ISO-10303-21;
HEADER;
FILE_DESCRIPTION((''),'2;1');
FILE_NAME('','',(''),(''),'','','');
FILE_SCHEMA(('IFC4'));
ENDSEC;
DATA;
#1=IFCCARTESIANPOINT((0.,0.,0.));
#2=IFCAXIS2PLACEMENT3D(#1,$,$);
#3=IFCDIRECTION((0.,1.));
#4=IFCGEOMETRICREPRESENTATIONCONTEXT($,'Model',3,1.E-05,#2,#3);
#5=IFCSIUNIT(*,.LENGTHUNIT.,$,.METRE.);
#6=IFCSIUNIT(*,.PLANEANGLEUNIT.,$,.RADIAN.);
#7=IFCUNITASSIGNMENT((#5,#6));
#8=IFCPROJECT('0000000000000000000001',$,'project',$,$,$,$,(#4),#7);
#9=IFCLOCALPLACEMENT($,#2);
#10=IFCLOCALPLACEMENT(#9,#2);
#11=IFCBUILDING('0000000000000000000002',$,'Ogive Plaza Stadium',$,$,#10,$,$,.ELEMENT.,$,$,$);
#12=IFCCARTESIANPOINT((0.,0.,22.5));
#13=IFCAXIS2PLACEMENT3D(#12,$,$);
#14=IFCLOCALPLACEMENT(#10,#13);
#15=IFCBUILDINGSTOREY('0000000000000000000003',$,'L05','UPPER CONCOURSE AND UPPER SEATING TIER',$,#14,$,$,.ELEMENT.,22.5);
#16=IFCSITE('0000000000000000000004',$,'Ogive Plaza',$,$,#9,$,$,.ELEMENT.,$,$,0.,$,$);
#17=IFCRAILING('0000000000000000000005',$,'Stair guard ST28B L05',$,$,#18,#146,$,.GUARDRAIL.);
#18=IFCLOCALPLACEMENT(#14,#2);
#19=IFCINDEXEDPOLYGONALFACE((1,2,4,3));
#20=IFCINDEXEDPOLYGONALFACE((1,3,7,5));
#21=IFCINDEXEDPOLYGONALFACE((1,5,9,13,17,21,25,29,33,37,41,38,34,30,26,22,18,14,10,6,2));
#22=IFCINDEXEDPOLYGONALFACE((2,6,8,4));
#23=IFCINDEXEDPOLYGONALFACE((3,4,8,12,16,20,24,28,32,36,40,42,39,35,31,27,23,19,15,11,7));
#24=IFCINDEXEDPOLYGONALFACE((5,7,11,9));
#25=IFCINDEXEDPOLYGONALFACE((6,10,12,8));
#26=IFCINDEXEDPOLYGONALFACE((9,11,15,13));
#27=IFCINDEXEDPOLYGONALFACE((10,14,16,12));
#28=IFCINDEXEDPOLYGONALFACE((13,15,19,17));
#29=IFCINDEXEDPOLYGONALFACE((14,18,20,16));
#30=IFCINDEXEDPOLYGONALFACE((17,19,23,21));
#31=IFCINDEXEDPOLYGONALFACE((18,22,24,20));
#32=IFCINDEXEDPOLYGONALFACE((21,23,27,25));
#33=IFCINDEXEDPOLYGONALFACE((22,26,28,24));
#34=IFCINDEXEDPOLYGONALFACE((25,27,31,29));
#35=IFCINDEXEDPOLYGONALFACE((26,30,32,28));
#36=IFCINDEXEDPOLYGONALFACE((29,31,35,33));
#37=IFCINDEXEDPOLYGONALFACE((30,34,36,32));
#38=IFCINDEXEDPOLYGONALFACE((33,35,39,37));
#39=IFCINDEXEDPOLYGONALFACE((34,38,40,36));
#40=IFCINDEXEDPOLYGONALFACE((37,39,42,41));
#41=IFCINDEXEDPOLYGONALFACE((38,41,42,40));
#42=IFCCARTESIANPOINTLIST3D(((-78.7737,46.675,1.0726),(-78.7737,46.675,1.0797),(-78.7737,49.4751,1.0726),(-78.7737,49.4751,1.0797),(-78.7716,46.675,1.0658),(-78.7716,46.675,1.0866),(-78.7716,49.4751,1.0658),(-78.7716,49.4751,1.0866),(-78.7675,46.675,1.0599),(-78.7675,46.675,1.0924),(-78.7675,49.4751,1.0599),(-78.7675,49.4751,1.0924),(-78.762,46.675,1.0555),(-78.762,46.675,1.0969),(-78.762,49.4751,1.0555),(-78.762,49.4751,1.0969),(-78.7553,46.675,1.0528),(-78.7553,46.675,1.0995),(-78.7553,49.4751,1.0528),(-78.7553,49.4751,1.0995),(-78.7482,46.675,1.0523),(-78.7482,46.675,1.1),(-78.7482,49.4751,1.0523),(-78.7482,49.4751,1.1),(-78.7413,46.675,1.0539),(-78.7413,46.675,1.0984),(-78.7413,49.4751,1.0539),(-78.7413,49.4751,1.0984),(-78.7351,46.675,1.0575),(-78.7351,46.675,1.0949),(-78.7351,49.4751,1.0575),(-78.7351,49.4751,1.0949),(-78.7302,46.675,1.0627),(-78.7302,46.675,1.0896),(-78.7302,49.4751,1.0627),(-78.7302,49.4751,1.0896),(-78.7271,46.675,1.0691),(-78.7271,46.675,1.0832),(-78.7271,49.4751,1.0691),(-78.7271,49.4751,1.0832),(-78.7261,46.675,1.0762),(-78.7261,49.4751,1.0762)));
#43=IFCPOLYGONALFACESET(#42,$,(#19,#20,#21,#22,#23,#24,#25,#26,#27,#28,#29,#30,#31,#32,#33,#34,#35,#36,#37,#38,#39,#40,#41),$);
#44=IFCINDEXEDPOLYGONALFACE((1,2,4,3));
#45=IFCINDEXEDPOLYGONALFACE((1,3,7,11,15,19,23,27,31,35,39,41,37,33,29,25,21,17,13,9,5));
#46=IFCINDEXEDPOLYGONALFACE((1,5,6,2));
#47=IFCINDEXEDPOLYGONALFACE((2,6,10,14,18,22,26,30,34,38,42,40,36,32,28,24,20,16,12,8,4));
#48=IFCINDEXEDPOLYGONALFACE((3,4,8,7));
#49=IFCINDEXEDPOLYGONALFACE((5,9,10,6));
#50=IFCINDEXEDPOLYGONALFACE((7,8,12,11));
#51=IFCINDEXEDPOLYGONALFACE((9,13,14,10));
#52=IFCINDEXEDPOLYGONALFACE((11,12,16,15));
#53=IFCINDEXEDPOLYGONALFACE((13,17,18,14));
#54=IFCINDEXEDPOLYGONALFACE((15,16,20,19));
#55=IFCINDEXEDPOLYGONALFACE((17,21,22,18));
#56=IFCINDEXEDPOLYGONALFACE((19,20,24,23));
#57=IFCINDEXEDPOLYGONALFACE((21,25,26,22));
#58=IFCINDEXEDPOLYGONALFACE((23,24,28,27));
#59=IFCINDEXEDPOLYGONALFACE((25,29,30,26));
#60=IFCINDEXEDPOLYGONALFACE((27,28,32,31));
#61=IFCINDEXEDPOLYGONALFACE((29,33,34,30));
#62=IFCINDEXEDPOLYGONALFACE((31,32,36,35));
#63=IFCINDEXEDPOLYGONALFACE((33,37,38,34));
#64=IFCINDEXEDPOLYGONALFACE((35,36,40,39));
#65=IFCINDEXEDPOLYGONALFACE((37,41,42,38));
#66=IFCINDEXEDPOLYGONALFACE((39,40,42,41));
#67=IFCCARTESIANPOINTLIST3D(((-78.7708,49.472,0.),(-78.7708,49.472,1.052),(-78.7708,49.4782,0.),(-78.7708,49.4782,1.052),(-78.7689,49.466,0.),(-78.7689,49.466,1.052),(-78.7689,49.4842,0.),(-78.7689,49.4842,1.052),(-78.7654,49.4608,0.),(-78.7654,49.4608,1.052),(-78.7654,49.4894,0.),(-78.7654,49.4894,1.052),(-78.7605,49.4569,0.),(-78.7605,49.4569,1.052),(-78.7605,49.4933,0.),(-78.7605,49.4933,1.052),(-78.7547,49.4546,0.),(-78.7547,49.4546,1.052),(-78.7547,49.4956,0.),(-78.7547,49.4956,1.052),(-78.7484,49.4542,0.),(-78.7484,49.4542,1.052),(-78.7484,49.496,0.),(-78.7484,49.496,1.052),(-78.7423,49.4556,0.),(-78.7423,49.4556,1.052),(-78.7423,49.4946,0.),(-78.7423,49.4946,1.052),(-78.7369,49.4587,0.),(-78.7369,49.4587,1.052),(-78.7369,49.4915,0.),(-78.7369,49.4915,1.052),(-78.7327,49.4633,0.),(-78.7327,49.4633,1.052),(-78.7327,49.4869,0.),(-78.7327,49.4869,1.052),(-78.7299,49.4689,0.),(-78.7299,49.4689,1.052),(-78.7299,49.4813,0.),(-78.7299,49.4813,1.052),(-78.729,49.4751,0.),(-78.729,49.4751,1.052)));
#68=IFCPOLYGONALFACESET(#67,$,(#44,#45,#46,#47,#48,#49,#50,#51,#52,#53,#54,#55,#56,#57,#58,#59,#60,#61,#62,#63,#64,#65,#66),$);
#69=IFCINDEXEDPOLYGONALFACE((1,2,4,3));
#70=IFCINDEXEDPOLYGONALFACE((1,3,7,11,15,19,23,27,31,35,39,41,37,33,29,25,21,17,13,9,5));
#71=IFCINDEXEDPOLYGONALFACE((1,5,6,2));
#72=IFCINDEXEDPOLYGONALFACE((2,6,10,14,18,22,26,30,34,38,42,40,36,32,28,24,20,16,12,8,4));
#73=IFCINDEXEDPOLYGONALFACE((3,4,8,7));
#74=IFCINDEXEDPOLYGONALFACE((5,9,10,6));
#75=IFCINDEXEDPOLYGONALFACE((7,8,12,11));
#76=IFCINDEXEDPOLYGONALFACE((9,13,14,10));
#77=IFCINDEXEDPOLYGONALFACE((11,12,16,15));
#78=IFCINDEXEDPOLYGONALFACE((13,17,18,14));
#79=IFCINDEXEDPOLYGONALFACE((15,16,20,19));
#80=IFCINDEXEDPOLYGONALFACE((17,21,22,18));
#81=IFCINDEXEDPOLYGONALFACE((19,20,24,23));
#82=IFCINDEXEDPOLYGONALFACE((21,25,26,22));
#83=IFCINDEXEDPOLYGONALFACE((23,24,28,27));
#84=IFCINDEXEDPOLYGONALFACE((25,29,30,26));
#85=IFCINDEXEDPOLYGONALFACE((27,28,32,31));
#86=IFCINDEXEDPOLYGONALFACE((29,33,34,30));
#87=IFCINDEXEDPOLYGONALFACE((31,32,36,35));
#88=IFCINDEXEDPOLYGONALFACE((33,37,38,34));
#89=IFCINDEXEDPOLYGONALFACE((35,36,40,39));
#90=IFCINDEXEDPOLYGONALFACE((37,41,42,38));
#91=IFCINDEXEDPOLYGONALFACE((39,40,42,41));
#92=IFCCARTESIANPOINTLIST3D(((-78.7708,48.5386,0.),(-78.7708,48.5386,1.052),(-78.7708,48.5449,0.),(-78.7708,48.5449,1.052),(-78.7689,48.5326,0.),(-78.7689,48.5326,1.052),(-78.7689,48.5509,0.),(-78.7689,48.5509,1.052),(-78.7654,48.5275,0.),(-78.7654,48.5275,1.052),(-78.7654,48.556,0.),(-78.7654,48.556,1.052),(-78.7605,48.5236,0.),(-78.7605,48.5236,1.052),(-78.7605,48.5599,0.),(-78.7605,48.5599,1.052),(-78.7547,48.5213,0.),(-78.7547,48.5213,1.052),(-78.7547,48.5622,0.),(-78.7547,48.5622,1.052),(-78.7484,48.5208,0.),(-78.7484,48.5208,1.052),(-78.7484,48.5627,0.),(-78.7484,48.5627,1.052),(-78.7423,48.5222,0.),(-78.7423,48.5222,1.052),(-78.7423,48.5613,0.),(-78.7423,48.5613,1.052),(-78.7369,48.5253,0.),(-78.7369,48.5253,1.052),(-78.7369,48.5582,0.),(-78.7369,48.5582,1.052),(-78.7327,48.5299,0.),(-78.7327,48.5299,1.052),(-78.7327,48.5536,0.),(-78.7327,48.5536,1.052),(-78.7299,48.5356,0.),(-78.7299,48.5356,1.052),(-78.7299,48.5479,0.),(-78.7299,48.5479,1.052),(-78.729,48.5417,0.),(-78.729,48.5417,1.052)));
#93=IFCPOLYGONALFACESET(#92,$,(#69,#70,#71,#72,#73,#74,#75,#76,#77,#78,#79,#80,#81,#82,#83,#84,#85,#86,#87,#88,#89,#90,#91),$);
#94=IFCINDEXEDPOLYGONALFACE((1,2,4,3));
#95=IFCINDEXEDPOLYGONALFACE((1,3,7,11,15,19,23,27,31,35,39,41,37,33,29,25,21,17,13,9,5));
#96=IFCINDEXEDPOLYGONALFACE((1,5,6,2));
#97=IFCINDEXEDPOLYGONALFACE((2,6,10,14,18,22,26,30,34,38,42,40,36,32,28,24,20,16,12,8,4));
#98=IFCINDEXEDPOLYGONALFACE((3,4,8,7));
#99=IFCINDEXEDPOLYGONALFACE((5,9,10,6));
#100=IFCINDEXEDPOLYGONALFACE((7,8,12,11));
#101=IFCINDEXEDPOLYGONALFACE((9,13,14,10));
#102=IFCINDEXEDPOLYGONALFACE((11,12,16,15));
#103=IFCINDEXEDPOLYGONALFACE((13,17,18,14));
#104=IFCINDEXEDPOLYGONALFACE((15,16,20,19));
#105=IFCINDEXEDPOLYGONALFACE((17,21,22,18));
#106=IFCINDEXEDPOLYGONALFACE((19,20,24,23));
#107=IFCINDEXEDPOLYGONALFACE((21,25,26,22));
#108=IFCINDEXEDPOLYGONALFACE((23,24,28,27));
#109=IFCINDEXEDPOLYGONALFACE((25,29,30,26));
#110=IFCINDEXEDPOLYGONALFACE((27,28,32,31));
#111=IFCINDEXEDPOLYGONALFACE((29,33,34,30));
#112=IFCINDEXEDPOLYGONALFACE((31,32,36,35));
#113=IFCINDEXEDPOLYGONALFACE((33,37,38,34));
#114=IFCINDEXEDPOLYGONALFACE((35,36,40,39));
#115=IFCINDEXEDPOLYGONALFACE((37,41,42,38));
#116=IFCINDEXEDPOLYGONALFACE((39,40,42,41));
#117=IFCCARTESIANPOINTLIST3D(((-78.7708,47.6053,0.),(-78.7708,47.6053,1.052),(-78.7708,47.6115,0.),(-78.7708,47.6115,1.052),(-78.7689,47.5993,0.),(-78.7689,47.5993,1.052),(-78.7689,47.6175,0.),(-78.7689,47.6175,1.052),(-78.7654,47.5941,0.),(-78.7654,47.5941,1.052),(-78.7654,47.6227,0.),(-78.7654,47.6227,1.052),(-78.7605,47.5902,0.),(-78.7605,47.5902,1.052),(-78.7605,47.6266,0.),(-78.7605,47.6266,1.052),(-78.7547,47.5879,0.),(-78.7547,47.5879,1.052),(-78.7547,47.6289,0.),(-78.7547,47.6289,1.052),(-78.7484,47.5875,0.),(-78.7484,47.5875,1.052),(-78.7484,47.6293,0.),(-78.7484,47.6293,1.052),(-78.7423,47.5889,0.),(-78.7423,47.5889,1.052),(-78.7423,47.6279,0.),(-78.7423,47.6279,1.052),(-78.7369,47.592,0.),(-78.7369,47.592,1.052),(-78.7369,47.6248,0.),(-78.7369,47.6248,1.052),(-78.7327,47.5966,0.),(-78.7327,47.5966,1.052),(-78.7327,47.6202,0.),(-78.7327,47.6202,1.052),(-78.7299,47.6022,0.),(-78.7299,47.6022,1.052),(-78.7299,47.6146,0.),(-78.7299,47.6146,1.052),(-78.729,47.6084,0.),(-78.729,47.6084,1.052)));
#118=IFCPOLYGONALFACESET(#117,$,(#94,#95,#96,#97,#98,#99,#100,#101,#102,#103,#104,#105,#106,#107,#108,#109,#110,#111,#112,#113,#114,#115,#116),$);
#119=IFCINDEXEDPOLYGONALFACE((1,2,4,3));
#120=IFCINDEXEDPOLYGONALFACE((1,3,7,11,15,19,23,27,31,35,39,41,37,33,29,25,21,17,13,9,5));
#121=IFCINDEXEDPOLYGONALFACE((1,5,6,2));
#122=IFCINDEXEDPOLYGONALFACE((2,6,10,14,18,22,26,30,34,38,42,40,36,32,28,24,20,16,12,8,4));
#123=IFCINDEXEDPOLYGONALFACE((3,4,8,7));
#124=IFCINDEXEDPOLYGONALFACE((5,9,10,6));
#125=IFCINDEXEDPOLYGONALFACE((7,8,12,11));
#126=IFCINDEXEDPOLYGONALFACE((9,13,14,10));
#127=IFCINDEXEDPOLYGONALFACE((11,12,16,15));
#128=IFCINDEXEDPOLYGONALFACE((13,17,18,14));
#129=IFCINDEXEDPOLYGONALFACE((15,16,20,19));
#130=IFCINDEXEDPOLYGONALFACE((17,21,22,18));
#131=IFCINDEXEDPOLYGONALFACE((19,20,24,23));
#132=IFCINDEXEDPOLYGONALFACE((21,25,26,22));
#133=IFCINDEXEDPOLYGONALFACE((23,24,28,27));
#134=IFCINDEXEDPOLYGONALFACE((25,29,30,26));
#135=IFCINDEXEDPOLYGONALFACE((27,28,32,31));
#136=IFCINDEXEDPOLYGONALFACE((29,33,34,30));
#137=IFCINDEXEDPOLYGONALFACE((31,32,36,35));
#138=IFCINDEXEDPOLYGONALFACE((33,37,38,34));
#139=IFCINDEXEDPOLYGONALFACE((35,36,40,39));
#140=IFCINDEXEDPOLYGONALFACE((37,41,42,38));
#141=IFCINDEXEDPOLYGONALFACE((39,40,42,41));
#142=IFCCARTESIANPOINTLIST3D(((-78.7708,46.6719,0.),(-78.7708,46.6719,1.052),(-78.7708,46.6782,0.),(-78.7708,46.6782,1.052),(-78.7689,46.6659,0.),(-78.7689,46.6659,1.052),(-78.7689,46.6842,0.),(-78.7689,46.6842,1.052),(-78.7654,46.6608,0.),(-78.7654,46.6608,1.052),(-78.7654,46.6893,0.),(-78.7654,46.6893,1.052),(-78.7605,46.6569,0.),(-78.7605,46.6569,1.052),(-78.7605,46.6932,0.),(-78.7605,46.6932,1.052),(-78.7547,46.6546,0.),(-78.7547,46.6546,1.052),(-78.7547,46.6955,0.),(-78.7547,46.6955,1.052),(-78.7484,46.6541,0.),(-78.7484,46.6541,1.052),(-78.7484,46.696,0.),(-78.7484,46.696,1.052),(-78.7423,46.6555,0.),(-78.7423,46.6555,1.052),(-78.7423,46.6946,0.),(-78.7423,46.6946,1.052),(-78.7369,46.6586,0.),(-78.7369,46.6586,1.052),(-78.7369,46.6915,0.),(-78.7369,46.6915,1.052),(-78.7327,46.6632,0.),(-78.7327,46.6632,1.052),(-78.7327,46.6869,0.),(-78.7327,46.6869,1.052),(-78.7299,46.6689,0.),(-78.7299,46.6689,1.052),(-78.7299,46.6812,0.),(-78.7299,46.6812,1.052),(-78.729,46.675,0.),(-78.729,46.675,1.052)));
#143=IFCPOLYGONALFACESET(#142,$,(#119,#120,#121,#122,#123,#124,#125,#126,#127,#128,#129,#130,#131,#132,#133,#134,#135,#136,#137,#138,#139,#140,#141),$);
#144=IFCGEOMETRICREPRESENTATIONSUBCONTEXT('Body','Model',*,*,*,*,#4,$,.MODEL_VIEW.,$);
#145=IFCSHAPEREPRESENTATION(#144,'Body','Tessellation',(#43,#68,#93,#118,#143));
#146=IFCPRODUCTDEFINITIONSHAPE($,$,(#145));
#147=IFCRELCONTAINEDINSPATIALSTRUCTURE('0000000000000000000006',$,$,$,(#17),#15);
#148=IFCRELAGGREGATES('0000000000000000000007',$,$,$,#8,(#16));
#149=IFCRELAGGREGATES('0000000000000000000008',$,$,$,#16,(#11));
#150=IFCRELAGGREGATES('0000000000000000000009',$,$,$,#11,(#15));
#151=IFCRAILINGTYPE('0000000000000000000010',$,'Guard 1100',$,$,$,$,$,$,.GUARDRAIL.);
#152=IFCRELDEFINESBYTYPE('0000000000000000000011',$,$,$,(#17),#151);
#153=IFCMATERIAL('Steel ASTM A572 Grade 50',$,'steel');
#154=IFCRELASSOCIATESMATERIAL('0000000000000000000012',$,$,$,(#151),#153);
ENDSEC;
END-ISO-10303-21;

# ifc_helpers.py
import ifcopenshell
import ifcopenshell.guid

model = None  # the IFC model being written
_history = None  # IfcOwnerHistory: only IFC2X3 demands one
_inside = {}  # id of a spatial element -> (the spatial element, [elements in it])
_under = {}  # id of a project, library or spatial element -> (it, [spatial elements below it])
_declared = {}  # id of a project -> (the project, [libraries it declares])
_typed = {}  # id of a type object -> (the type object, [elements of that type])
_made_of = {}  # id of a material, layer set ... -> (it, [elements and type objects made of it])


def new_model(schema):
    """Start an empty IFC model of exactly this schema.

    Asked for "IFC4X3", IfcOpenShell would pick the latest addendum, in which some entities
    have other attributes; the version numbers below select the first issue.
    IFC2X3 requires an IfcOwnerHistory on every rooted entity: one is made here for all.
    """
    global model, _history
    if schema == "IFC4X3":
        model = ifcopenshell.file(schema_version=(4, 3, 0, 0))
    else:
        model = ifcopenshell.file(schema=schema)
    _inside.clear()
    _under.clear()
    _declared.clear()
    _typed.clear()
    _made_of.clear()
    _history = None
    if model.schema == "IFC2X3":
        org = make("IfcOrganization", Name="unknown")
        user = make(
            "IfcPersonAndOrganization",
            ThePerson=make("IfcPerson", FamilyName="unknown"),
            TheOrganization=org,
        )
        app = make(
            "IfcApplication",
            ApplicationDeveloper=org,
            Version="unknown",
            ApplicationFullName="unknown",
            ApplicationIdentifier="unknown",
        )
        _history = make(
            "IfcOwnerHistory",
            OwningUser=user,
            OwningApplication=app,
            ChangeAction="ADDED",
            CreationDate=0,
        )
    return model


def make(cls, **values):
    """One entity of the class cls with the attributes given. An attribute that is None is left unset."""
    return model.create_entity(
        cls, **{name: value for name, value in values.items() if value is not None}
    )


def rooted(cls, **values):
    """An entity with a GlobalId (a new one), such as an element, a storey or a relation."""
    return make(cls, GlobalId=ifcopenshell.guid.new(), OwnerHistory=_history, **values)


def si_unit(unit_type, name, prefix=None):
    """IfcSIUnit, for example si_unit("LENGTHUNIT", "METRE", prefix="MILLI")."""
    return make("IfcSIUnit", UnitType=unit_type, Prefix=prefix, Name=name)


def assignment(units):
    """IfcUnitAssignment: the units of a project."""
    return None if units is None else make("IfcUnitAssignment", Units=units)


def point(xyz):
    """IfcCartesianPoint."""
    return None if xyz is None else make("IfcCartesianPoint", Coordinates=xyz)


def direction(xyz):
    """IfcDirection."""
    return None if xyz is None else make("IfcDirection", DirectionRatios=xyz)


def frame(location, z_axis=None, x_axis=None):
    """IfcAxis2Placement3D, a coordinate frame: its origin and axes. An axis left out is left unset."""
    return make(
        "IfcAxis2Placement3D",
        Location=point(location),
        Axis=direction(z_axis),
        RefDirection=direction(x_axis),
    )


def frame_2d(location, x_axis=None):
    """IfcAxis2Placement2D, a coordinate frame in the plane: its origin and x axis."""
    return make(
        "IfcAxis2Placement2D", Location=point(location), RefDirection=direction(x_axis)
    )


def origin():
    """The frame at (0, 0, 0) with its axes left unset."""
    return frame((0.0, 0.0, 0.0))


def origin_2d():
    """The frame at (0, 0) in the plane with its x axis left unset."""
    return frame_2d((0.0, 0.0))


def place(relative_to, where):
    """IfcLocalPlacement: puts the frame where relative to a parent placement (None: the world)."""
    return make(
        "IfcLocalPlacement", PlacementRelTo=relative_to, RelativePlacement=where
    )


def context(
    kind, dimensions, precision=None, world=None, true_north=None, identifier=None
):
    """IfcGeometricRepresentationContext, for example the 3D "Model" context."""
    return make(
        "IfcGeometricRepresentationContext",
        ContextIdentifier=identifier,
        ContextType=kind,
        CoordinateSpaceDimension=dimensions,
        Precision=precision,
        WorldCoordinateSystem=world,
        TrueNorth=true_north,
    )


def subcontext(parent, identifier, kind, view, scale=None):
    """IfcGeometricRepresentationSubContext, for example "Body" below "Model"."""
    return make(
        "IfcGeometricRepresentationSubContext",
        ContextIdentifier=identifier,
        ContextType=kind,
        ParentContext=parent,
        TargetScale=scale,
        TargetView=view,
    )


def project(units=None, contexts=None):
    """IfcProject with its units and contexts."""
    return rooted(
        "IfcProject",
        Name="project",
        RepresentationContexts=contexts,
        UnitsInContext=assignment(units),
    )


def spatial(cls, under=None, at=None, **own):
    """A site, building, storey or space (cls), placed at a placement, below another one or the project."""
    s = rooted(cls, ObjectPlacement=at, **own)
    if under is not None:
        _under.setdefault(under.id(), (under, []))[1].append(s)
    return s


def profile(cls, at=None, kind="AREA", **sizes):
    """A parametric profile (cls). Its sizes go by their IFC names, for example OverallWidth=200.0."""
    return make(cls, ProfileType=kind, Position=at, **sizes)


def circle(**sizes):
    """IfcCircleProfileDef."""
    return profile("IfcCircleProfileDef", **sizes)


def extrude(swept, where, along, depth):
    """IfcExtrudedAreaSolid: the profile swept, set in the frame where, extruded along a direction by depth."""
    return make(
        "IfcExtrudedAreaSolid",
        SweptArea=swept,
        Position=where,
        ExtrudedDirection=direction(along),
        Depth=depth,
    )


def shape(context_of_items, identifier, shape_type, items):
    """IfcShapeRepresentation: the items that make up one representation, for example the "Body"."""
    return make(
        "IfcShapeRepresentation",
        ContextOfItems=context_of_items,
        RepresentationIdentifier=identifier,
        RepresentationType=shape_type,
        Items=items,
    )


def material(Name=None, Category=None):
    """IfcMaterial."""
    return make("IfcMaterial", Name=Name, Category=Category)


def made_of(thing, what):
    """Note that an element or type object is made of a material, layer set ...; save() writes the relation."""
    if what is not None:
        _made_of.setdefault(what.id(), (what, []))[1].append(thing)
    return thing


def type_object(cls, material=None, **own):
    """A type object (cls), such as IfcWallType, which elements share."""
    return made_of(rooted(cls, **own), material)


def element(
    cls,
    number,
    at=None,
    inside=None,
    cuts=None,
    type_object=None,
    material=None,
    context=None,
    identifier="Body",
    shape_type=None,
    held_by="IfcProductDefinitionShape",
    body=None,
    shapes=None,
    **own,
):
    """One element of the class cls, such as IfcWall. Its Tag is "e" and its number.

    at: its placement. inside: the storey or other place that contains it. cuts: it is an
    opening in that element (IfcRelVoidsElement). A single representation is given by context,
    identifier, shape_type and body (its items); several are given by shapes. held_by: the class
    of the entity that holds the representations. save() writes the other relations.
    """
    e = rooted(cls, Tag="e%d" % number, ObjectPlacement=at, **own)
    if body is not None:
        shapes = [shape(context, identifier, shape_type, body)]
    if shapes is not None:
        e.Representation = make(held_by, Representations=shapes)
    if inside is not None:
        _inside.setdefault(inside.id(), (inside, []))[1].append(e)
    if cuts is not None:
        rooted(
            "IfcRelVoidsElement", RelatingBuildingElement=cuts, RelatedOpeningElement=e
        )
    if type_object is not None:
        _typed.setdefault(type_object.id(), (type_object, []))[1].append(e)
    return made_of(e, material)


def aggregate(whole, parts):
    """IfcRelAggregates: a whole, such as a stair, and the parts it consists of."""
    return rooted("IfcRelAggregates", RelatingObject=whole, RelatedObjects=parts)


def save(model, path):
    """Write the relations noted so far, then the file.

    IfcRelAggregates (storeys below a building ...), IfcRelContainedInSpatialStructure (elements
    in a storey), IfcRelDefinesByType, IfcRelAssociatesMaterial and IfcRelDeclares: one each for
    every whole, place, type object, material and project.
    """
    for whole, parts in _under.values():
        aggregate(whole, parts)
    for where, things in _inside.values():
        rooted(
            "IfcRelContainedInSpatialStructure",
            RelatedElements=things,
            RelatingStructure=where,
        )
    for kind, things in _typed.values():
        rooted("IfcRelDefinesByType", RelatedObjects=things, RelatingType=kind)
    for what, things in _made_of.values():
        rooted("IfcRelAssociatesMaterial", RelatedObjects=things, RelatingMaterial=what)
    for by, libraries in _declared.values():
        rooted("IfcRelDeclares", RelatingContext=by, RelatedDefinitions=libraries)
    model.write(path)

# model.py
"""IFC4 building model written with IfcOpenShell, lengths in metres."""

from ifc_helpers import new_model, si_unit, direction, frame, origin, origin_2d, place, context, subcontext, project, spatial, circle, extrude, material, type_object, element, save


model = new_model("IFC4")

# Units and contexts
model_context = context("Model", 3, precision=1e-05, world=origin(), true_north=direction((0.0, 1.0)))
body_context = subcontext(model_context, "Body", "Model", "MODEL_VIEW")
ifc_project = project(units=[si_unit("LENGTHUNIT", "METRE"), si_unit("PLANEANGLEUNIT", "RADIAN")], contexts=[model_context])

# Site, building, storey
site_placement = place(None, origin())
site = spatial("IfcSite", under=ifc_project, at=site_placement, Name="Ogive Plaza", CompositionType="ELEMENT", RefElevation=0.0)
building_placement = place(site_placement, origin())
building = spatial("IfcBuilding", under=site, at=building_placement, Name="Ogive Plaza Stadium", CompositionType="ELEMENT")
storey_placement = place(building_placement, frame((0.0, 0.0, 22.5)))
storey = spatial("IfcBuildingStorey", under=building, at=storey_placement, Name="L05", Description="UPPER CONCOURSE AND UPPER SEATING TIER", CompositionType="ELEMENT", Elevation=22.5)

# Railing
ifc_material_1 = material(Name="Steel ASTM A572 Grade 50", Category="steel")
railing_type_1 = type_object("IfcRailingType", Name="Guard 1100", PredefinedType="GUARDRAIL", material=ifc_material_1)
for number, where, name in (
    (1, (-78.75, 49.4751, 0.0), "Stair guard ST28B L05"),
):
    element("IfcRailing", number, at=place(storey_placement, frame(where)), inside=storey, type_object=railing_type_1, Name=name, PredefinedType="GUARDRAIL", context=body_context, shape_type="SweptSolid", body=[
        extrude(circle(Radius=0.0239, at=origin_2d()), frame((0.0, 0.0, 1.0762), z_axis=(0.0, -1.0, 0.0), x_axis=(1.0, 0.0, 0.0)), (0.0, 0.0, 1.0), 2.8),
        extrude(circle(Radius=0.021, at=origin_2d()), origin(), (0.0, 0.0, 1.0), 1.052),
        extrude(circle(Radius=0.021, at=origin_2d()), frame((0.0, -0.9333, 0.0)), (0.0, 0.0, 1.0), 1.052),
        extrude(circle(Radius=0.021, at=origin_2d()), frame((0.0, -1.8667, 0.0)), (0.0, 0.0, 1.0), 1.052),
        extrude(circle(Radius=0.021, at=origin_2d()), frame((0.0, -2.8, 0.0)), (0.0, 0.0, 1.0), 1.052),
    ])

save(model, "model.ifc")
